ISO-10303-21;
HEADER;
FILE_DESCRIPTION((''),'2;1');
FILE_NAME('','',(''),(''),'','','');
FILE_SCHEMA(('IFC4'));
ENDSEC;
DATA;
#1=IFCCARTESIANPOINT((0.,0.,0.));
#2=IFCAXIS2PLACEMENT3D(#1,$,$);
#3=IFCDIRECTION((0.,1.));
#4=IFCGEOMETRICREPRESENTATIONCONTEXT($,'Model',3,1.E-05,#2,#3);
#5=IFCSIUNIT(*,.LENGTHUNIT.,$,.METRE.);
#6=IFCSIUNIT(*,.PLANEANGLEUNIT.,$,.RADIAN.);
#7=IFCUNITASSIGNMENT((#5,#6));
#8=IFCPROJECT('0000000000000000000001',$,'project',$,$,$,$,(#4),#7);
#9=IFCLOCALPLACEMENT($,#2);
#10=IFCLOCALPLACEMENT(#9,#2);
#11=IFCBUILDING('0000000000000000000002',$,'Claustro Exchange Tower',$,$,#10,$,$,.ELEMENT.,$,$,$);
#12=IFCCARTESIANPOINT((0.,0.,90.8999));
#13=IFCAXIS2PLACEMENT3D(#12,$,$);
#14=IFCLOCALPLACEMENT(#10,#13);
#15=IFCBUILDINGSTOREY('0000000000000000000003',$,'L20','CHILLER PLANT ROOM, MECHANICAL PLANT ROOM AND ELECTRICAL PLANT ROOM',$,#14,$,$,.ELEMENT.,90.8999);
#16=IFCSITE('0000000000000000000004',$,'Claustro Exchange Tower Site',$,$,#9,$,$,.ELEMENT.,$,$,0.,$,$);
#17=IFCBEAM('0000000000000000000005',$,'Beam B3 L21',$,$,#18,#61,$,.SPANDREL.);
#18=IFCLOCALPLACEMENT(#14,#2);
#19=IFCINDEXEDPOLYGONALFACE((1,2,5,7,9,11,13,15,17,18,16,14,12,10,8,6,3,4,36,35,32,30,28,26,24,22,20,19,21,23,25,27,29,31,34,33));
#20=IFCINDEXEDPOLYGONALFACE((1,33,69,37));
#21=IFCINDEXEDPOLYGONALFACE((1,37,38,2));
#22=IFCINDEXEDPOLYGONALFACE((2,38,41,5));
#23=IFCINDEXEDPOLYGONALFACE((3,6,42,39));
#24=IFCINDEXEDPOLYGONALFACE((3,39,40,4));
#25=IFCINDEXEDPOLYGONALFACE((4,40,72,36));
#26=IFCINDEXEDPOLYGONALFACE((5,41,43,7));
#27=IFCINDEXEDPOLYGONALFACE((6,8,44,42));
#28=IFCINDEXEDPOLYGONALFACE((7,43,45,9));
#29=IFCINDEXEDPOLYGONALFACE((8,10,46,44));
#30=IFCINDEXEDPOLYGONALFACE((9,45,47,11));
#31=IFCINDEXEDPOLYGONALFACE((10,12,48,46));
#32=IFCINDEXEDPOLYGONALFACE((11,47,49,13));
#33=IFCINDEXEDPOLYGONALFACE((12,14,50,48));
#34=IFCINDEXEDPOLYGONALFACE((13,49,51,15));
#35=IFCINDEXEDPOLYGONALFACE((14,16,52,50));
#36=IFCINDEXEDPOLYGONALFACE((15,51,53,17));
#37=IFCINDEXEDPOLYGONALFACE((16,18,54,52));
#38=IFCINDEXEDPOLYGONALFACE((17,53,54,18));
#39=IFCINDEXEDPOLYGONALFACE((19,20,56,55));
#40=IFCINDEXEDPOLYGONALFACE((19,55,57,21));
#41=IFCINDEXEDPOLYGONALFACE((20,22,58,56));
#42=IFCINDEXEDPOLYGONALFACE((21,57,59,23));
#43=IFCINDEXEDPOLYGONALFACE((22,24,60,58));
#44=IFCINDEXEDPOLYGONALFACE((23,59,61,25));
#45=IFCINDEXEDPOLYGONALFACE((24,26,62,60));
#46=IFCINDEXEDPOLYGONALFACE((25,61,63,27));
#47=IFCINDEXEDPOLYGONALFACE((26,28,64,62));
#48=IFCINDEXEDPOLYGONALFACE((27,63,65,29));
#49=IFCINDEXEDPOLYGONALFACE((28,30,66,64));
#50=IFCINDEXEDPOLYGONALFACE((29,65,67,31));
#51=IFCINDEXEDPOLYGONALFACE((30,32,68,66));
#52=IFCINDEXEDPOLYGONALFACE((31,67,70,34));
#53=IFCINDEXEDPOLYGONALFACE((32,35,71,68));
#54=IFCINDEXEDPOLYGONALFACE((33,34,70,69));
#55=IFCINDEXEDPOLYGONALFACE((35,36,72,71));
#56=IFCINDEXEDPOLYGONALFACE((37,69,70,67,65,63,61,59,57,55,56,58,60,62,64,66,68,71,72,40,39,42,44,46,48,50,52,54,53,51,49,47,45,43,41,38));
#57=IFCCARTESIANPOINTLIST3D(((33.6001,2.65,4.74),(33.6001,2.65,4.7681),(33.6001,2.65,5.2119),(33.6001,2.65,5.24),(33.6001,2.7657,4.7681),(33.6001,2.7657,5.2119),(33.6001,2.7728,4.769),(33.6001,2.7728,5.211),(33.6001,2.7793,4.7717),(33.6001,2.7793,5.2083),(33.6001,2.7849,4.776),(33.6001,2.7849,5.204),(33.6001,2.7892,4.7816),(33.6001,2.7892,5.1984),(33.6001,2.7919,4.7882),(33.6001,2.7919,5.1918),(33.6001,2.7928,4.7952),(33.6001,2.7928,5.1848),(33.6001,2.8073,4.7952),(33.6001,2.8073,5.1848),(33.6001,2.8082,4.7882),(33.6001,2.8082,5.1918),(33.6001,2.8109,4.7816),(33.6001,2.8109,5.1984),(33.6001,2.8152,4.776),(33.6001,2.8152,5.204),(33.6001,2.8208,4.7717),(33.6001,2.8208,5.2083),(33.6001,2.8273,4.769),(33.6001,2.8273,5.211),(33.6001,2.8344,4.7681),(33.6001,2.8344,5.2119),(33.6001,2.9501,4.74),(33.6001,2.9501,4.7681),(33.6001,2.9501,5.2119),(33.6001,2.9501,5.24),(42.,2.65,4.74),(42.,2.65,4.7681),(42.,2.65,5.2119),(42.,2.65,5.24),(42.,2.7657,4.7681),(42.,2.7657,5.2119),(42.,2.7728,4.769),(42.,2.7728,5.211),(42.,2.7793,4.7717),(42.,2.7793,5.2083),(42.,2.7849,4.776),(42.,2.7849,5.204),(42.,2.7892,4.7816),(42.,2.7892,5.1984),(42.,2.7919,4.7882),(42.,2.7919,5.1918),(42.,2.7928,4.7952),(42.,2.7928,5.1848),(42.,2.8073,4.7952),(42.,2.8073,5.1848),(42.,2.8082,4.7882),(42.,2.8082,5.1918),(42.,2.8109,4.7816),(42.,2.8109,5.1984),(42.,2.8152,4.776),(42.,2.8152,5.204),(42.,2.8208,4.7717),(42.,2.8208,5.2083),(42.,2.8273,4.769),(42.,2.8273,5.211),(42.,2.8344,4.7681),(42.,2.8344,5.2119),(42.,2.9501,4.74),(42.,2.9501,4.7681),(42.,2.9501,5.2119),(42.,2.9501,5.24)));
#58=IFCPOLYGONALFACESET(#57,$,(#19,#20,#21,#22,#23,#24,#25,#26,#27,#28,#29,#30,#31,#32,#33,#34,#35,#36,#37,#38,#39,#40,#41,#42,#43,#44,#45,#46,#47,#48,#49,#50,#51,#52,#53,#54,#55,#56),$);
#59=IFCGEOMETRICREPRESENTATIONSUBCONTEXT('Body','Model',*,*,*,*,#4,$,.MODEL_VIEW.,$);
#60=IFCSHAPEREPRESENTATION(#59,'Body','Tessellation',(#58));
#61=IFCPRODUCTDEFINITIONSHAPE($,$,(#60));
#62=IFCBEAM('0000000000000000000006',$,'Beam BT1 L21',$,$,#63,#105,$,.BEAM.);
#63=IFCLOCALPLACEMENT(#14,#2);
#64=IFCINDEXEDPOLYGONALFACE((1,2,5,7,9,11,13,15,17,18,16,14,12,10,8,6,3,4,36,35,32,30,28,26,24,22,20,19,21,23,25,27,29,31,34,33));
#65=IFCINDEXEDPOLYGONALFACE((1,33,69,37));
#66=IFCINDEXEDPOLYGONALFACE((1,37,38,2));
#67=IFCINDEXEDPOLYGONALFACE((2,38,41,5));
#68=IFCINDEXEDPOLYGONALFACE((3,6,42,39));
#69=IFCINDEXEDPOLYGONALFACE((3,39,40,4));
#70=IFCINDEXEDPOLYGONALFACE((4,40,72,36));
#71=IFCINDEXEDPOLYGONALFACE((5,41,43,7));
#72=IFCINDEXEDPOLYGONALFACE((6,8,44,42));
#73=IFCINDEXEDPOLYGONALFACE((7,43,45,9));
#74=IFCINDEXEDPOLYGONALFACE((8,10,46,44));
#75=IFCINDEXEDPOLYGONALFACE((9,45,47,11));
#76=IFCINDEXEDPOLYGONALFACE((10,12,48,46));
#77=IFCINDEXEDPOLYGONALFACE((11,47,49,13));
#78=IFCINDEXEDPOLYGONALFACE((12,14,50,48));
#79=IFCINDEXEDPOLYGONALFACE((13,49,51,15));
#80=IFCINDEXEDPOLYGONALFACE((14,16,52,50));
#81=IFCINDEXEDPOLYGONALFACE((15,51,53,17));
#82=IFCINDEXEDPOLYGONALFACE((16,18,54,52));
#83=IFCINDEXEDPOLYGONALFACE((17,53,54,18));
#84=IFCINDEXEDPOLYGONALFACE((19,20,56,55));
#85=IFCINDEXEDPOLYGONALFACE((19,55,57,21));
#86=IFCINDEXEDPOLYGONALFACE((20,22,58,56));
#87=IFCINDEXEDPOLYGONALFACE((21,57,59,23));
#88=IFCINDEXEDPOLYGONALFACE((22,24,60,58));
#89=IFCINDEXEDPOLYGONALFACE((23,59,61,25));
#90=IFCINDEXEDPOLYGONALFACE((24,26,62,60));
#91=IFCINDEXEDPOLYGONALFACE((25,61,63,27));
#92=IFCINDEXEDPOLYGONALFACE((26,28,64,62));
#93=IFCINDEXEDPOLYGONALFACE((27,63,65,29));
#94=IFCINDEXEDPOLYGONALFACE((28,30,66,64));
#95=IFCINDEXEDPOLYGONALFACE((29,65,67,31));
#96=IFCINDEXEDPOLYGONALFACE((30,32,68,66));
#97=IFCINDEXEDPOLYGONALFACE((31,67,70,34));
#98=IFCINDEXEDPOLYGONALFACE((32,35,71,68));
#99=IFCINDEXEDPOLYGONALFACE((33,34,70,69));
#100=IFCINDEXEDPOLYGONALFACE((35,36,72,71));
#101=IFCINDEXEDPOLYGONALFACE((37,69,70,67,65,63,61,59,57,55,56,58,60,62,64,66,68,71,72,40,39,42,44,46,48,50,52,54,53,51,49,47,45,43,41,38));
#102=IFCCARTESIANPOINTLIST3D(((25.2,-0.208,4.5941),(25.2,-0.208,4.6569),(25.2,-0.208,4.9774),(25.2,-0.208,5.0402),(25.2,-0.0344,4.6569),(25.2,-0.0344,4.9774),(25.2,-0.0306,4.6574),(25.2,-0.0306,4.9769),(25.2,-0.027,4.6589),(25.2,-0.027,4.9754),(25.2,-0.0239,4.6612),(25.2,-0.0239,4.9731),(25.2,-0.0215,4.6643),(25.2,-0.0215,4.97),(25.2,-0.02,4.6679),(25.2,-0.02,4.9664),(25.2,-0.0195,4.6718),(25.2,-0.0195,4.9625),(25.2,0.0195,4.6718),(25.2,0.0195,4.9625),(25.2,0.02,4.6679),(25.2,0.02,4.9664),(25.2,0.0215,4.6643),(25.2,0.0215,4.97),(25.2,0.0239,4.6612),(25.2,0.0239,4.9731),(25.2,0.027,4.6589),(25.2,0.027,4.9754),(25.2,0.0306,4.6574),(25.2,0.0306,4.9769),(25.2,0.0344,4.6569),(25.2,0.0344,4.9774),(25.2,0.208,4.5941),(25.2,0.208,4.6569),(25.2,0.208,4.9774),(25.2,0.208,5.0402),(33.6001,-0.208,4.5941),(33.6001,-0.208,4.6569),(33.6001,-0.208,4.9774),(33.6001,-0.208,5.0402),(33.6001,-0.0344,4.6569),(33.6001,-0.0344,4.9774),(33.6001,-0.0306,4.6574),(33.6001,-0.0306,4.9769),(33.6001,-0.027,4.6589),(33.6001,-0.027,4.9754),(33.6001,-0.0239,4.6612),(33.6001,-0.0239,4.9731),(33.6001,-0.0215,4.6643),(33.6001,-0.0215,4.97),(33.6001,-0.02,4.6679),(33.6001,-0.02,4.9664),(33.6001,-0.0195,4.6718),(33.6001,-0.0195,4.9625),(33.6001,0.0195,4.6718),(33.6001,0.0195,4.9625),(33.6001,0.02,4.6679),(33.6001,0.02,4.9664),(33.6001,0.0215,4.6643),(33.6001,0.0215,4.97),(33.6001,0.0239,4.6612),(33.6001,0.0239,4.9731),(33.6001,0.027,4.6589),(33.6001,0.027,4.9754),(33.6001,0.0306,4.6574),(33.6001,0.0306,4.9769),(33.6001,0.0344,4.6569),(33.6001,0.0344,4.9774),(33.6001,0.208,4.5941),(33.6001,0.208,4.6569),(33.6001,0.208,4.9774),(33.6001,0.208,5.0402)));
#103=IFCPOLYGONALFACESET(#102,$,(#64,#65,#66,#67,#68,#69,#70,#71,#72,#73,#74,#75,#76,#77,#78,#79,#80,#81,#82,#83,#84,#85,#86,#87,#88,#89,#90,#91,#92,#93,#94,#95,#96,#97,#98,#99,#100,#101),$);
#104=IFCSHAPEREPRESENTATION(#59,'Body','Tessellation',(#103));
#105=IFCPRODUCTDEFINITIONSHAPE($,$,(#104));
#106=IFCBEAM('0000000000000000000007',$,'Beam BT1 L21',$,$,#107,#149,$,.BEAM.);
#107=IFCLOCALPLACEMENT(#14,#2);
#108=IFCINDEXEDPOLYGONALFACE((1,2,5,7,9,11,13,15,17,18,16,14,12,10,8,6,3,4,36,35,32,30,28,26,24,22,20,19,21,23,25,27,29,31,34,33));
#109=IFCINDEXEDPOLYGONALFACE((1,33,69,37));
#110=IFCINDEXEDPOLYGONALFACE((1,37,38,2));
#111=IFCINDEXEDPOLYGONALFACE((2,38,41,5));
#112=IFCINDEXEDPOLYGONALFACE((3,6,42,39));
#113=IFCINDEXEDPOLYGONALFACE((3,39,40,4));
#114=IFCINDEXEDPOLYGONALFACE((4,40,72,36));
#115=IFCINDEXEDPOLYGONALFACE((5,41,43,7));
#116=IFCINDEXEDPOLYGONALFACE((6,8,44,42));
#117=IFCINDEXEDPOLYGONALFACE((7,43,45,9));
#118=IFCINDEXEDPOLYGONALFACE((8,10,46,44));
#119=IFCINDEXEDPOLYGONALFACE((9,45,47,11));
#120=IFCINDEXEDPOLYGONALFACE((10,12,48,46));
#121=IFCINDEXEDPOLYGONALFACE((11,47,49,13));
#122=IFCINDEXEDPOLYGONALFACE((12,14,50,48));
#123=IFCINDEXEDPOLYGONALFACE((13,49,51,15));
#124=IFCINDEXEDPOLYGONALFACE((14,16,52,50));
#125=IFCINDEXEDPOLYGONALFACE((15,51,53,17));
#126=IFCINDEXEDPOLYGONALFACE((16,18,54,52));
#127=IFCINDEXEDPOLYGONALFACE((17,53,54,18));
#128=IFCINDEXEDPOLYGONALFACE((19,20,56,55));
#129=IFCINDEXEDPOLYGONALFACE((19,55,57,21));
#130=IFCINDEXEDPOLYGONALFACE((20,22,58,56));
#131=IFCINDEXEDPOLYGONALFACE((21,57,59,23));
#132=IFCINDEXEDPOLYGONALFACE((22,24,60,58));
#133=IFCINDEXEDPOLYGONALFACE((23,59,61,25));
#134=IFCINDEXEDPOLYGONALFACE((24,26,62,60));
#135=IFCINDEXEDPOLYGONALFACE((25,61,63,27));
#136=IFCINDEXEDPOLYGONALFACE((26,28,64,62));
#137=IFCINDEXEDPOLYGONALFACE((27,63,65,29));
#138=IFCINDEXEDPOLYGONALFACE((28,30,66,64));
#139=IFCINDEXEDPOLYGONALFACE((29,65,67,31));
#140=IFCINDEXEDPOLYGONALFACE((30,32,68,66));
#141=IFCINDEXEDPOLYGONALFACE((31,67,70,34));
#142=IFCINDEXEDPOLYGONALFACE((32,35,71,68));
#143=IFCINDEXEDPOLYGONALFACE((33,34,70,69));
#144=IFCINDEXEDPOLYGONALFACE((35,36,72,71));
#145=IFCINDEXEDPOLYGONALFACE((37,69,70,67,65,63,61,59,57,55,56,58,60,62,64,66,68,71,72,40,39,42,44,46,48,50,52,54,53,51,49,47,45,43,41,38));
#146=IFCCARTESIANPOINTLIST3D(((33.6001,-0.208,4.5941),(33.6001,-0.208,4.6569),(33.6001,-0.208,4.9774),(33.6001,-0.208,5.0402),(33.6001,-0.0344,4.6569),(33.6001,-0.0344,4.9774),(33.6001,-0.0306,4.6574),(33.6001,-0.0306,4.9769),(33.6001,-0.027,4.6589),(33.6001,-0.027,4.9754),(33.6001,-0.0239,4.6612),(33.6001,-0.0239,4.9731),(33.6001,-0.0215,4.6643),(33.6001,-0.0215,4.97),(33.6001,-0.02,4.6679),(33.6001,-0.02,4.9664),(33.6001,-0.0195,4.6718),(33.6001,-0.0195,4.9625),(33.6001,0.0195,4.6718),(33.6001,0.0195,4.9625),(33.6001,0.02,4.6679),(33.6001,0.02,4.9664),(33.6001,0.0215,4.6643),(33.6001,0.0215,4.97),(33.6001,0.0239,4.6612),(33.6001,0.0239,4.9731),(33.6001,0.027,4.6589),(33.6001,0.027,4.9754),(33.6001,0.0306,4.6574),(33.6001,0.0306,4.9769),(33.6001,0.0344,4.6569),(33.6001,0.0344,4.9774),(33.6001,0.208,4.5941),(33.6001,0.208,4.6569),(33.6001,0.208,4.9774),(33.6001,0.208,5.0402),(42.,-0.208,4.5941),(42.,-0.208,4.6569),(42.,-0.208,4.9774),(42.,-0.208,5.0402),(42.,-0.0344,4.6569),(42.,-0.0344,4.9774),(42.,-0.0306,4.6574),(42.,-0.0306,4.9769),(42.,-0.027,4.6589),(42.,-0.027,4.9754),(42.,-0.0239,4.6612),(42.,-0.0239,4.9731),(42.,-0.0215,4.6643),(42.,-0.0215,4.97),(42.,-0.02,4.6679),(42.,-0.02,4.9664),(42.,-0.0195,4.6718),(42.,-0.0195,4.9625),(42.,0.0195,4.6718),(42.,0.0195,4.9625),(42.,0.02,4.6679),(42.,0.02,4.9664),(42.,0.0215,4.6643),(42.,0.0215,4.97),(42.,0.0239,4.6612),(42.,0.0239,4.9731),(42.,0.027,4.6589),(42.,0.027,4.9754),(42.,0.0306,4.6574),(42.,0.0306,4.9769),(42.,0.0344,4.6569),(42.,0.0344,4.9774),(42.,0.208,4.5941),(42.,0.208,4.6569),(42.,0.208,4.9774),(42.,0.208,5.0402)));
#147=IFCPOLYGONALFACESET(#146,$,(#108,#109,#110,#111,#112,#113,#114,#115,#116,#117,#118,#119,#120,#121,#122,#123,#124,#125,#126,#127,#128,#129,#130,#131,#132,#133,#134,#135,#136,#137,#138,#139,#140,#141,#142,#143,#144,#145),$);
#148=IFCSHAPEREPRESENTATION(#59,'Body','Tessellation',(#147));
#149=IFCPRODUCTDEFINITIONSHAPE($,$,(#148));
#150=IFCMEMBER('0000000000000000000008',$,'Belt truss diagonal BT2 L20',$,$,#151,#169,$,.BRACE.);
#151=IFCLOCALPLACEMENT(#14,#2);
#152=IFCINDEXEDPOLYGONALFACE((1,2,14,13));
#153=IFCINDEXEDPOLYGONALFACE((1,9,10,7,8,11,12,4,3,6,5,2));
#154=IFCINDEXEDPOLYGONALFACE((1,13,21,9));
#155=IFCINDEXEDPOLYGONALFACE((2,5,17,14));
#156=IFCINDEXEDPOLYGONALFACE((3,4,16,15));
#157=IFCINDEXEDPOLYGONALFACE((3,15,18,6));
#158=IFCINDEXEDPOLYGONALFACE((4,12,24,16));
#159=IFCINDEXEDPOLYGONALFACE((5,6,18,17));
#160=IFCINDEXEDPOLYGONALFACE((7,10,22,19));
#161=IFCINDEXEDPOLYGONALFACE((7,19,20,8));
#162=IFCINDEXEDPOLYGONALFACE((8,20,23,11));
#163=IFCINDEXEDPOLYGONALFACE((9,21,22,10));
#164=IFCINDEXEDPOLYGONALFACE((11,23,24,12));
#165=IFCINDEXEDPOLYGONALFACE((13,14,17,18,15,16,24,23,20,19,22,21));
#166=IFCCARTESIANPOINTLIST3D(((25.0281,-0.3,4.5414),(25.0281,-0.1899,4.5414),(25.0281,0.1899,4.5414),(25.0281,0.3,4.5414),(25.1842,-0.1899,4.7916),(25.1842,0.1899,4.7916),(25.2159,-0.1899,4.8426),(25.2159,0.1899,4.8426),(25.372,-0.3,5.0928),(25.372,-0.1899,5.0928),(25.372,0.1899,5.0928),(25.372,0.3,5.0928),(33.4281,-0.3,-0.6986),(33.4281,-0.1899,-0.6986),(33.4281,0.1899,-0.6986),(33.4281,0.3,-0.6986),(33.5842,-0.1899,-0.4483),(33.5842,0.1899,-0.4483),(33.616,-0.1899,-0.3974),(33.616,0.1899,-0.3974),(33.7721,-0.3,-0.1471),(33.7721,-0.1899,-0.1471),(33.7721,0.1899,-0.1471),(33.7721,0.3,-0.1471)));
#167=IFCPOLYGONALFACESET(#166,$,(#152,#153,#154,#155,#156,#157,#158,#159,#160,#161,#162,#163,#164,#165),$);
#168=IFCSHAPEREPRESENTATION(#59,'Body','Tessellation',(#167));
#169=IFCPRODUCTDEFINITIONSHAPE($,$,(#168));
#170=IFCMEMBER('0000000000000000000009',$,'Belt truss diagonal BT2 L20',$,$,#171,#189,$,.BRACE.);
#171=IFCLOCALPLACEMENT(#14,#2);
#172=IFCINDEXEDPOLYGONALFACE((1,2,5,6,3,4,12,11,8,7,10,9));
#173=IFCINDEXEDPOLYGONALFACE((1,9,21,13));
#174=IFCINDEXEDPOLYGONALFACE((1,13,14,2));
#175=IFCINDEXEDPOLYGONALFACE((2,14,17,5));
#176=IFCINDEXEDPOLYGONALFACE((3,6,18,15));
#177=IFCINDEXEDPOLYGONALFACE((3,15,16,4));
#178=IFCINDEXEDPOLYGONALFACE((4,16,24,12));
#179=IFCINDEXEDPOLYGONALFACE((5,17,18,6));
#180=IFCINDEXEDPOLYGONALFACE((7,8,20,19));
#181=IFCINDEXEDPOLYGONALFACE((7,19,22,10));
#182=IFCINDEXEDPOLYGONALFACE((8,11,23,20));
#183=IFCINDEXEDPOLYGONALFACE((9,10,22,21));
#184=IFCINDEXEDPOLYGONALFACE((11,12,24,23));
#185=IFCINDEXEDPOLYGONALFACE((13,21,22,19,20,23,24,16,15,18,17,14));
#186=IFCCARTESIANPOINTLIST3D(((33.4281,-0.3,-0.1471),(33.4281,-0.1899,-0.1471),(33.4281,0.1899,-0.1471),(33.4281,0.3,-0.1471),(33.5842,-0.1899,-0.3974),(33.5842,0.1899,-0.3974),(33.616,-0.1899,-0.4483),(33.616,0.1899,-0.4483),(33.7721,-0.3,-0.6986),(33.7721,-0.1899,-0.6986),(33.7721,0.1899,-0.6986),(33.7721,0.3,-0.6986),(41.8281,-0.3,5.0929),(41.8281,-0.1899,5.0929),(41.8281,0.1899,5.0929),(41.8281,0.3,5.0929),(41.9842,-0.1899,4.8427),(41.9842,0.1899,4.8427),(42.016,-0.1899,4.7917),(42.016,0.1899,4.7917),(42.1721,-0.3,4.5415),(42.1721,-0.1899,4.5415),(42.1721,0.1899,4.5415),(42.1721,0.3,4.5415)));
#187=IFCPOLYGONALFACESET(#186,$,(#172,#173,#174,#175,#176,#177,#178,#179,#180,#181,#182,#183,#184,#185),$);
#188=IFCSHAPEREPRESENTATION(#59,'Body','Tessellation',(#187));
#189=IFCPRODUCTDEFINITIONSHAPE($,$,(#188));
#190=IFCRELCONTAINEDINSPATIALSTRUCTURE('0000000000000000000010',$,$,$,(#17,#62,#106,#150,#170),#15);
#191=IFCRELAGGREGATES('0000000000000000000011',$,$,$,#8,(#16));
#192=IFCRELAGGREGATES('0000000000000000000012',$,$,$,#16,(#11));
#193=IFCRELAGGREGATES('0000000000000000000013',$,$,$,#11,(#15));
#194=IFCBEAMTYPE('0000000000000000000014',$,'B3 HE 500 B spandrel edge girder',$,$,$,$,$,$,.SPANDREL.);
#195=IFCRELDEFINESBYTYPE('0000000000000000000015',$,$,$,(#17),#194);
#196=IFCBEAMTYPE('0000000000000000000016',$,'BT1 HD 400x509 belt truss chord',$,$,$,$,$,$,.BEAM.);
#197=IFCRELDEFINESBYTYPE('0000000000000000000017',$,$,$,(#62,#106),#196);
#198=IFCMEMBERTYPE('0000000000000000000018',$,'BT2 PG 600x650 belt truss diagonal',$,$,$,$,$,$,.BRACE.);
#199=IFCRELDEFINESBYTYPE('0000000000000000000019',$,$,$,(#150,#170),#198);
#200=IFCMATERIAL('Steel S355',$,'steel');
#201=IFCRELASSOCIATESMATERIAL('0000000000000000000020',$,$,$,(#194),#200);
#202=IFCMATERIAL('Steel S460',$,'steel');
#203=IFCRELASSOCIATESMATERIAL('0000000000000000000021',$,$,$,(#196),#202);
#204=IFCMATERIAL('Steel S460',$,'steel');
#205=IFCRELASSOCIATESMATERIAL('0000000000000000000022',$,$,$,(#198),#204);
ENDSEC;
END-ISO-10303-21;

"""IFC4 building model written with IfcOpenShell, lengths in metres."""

from ifc_helpers import new_model, si_unit, direction, frame, origin, origin_2d, place, context, subcontext, project, spatial, i_section, extrude, material, material_profile, profile_set, type_object, element, save


model = new_model("IFC4")

# Units and contexts
model_context = context("Model", 3, precision=1e-05, world=origin(), true_north=direction((0.0, 1.0)))
body_context = subcontext(model_context, "Body", "Model", "MODEL_VIEW")
ifc_project = project(units=[si_unit("LENGTHUNIT", "METRE"), si_unit("PLANEANGLEUNIT", "RADIAN")], contexts=[model_context])

# Site, building, storey
site_placement = place(None, origin())
site = spatial("IfcSite", under=ifc_project, at=site_placement, Name="Claustro Exchange Tower Site", CompositionType="ELEMENT", RefElevation=0.0)
building_placement = place(site_placement, origin())
building = spatial("IfcBuilding", under=site, at=building_placement, Name="Claustro Exchange Tower", CompositionType="ELEMENT")
storey_placement = place(building_placement, frame((0.0, 0.0, 90.8999)))
storey = spatial("IfcBuildingStorey", under=building, at=storey_placement, Name="L20", Description="CHILLER PLANT ROOM, MECHANICAL PLANT ROOM AND ELECTRICAL PLANT ROOM", CompositionType="ELEMENT", Elevation=90.8999)

# Beams
ifc_material_1 = material(Name="Steel S355", Category="steel")
ifc_material_profile_1 = material_profile(ifc_material_1, i_section(OverallWidth=0.3, OverallDepth=0.5, WebThickness=0.0144, FlangeThickness=0.0281, FilletRadius=0.0271, at=origin_2d()), Name="HE 500 B")
ifc_profile_set_1 = profile_set([ifc_material_profile_1], Name="Steel S355")
beam_type_1 = type_object("IfcBeamType", Name="B3 HE 500 B spandrel edge girder", PredefinedType="SPANDREL", material=ifc_profile_set_1)
beam_1_placement = place(storey_placement, frame((33.6001, 2.8, 4.99), z_axis=(1.0, 0.0, 0.0), x_axis=(0.0, 1.0, 0.0)))
element("IfcBeam", 1, at=beam_1_placement, inside=storey, type_object=beam_type_1, Name="Beam B3 L21", PredefinedType="SPANDREL", context=body_context, shape_type="SweptSolid", body=[
    extrude(i_section(OverallWidth=0.3, OverallDepth=0.5, WebThickness=0.0144, FlangeThickness=0.0281, FilletRadius=0.0271, at=origin_2d()), origin(), (0.0, 0.0, 1.0), 8.3999),
])
ifc_material_2 = material(Name="Steel S460", Category="steel")
ifc_material_profile_2 = material_profile(ifc_material_2, i_section(OverallWidth=0.416, OverallDepth=0.446, WebThickness=0.0391, FlangeThickness=0.0627, FilletRadius=0.0149, at=origin_2d()), Name="HD 400x509")
ifc_profile_set_2 = profile_set([ifc_material_profile_2], Name="Steel S460")
beam_type_2 = type_object("IfcBeamType", Name="BT1 HD 400x509 belt truss chord", PredefinedType="BEAM", material=ifc_profile_set_2)
beam_2_placement = place(storey_placement, frame((25.2, 0.0, 4.8171), z_axis=(1.0, 0.0, 0.0), x_axis=(0.0, 1.0, 0.0)))
element("IfcBeam", 2, at=beam_2_placement, inside=storey, type_object=beam_type_2, Name="Beam BT1 L21", PredefinedType="BEAM", context=body_context, shape_type="SweptSolid", body=[
    extrude(i_section(OverallWidth=0.416, OverallDepth=0.446, WebThickness=0.0391, FlangeThickness=0.0627, FilletRadius=0.0149, at=origin_2d()), origin(), (0.0, 0.0, 1.0), 8.4001),
])
beam_3_placement = place(storey_placement, frame((33.6001, 0.0, 4.8171), z_axis=(1.0, 0.0, 0.0), x_axis=(0.0, 1.0, 0.0)))
element("IfcBeam", 3, at=beam_3_placement, inside=storey, type_object=beam_type_2, Name="Beam BT1 L21", PredefinedType="BEAM", context=body_context, shape_type="SweptSolid", body=[
    extrude(i_section(OverallWidth=0.416, OverallDepth=0.446, WebThickness=0.0391, FlangeThickness=0.0627, FilletRadius=0.0149, at=origin_2d()), origin(), (0.0, 0.0, 1.0), 8.3999),
])

# Members
ifc_material_3 = material(Name="Steel S460", Category="steel")
ifc_material_profile_3 = material_profile(ifc_material_3, i_section(OverallWidth=0.6499, OverallDepth=0.6001, WebThickness=0.0601, FlangeThickness=0.1101, at=origin_2d()), Name="PG 600x650")
ifc_profile_set_3 = profile_set([ifc_material_profile_3], Name="Steel S460")
member_type = type_object("IfcMemberType", Name="BT2 PG 600x650 belt truss diagonal", PredefinedType="BRACE", material=ifc_profile_set_3)
for number, where, z_axis, x_axis, name in (
    (4, (33.6001, 0.0, -0.4229), (-0.848457, 0.0, 0.529265), (0.529265, 0.0, 0.848457), "Belt truss diagonal BT2 L20"),
    (5, (33.6001, 0.0, -0.4229), (0.84845, 0.0, 0.529276), (-0.529276, 0.0, 0.84845), "Belt truss diagonal BT2 L20"),
):
    element("IfcMember", number, at=place(storey_placement, frame(where, z_axis=z_axis, x_axis=x_axis)), inside=storey, type_object=member_type, Name=name, PredefinedType="BRACE", context=body_context, shape_type="SweptSolid", body=[
        extrude(i_section(OverallWidth=0.6499, OverallDepth=0.6001, WebThickness=0.0601, FlangeThickness=0.1101, at=origin_2d()), origin(), (0.0, 0.0, 1.0), 9.9004),
    ])

save(model, "model.ifc")
